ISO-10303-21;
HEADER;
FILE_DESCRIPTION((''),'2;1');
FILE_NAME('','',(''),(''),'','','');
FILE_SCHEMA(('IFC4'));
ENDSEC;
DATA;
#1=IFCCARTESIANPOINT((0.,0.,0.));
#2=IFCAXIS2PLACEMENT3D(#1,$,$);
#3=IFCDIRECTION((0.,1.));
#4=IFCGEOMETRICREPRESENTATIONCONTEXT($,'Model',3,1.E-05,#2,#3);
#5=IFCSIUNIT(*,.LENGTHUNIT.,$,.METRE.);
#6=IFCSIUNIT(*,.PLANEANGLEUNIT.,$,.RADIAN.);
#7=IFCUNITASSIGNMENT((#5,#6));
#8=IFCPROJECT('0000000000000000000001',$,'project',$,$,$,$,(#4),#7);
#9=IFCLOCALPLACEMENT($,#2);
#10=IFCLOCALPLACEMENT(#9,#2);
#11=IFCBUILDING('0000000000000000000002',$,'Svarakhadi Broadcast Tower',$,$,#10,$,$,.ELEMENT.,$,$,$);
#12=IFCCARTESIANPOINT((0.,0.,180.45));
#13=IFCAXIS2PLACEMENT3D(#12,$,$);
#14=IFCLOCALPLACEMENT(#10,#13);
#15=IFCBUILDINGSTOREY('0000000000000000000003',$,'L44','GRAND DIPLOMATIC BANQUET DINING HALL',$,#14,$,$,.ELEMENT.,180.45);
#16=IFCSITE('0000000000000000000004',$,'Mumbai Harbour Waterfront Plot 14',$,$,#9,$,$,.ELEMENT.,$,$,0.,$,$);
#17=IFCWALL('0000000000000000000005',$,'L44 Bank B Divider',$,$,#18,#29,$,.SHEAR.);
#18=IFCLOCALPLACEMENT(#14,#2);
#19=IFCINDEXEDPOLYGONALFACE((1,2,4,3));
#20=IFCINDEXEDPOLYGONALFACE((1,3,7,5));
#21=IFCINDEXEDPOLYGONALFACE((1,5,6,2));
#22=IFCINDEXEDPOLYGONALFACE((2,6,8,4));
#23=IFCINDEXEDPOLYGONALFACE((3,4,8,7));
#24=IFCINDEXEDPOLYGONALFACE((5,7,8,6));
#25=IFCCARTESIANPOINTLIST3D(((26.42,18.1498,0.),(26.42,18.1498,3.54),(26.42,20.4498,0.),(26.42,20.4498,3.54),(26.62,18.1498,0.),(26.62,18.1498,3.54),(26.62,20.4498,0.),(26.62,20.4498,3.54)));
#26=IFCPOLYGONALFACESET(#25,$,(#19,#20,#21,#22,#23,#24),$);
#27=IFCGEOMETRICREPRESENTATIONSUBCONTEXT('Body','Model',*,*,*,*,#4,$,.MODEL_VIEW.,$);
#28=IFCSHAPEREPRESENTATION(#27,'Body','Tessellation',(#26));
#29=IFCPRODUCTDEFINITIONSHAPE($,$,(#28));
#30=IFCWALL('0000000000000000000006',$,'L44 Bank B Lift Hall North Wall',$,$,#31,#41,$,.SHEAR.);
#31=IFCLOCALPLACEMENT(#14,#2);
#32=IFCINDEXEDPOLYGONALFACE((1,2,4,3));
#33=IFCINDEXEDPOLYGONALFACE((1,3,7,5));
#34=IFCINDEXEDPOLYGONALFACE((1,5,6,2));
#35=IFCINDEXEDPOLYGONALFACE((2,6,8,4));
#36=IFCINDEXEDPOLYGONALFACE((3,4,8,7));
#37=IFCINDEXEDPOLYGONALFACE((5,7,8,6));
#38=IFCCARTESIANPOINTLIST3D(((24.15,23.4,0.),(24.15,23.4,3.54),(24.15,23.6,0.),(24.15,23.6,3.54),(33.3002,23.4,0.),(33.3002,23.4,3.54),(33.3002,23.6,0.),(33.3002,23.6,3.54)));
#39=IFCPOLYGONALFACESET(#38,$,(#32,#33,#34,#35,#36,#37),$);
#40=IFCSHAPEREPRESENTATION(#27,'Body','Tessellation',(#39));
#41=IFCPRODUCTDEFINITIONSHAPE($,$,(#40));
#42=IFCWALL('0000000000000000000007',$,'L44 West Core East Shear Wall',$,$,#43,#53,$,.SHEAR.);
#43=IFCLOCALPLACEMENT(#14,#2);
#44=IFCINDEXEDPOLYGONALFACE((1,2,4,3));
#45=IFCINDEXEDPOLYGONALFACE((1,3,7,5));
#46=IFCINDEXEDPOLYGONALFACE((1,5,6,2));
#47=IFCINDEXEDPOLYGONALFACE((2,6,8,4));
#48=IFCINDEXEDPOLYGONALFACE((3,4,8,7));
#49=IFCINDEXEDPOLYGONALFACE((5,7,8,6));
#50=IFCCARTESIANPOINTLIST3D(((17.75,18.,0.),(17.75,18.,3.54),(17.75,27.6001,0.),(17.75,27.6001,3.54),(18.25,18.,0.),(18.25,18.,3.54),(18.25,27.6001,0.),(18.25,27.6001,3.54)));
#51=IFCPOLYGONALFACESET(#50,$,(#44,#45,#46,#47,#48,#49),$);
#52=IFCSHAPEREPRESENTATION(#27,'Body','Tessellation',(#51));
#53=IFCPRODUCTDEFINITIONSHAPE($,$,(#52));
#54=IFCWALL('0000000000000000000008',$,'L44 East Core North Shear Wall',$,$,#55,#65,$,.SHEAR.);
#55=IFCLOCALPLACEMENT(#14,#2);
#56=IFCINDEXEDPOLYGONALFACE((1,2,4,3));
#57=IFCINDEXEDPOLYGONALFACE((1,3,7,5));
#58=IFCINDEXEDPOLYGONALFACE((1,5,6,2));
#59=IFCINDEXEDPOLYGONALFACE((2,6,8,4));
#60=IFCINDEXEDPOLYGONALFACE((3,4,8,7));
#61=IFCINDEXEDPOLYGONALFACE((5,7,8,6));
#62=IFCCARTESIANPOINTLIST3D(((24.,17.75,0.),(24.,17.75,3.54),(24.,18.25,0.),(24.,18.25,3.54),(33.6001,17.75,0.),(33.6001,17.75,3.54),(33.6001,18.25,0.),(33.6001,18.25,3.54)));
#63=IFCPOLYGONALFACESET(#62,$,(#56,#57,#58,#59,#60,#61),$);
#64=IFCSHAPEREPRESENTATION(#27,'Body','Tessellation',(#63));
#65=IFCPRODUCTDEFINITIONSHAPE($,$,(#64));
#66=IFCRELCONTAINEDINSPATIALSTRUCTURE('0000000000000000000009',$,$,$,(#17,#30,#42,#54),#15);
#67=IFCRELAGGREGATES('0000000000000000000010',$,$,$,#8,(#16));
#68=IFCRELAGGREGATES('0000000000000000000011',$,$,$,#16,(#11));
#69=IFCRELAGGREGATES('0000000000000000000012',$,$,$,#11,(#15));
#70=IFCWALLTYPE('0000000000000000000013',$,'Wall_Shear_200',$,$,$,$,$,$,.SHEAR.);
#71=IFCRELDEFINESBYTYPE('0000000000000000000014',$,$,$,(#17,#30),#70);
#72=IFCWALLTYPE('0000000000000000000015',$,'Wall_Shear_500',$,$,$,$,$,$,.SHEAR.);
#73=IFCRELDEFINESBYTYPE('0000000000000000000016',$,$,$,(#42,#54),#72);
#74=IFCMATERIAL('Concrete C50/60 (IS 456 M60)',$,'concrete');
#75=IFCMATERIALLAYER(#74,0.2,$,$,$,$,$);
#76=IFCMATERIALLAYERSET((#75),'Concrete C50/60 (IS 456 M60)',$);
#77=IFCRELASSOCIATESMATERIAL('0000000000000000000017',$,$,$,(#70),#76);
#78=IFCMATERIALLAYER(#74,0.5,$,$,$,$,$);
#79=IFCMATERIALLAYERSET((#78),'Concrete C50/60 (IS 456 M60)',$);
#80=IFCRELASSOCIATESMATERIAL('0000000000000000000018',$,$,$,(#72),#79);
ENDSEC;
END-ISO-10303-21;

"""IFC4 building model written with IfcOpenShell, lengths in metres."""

from ifc_helpers import new_model, si_unit, direction, frame, frame_2d, origin, place, context, subcontext, project, spatial, rectangle, extrude, material, layer, layer_set, type_object, element, save


model = new_model("IFC4")

# Units and contexts
model_context = context("Model", 3, precision=1e-05, world=origin(), true_north=direction((0.0, 1.0)))
body_context = subcontext(model_context, "Body", "Model", "MODEL_VIEW")
ifc_project = project(units=[si_unit("LENGTHUNIT", "METRE"), si_unit("PLANEANGLEUNIT", "RADIAN")], contexts=[model_context])

# Site, building, storey
site_placement = place(None, origin())
site = spatial("IfcSite", under=ifc_project, at=site_placement, Name="Mumbai Harbour Waterfront Plot 14", CompositionType="ELEMENT", RefElevation=0.0)
building_placement = place(site_placement, origin())
building = spatial("IfcBuilding", under=site, at=building_placement, Name="Svarakhadi Broadcast Tower", CompositionType="ELEMENT")
storey_placement = place(building_placement, frame((0.0, 0.0, 180.45)))
storey = spatial("IfcBuildingStorey", under=building, at=storey_placement, Name="L44", Description="GRAND DIPLOMATIC BANQUET DINING HALL", CompositionType="ELEMENT", Elevation=180.45)

# Shared definitions
ifc_material_1 = material(Name="Concrete C50/60 (IS 456 M60)", Category="concrete")

# Shared definitions
ifc_layer_1 = layer(ifc_material_1, 0.2)
ifc_layer_set_1 = layer_set([ifc_layer_1], Name="Concrete C50/60 (IS 456 M60)")
wall_type_1 = type_object("IfcWallType", Name="Wall_Shear_200", PredefinedType="SHEAR", material=ifc_layer_set_1)

# Walls
wall_1_placement = place(storey_placement, frame((26.52, 18.1499, 0.0), z_axis=(0.0, 0.0, 1.0), x_axis=(0.0, 1.0, 0.0)))
element("IfcWall", 1, at=wall_1_placement, inside=storey, type_object=wall_type_1, Name="L44 Bank B Divider", PredefinedType="SHEAR", context=body_context, shape_type="SweptSolid", body=[
    extrude(rectangle(XDim=2.3, YDim=0.2, at=frame_2d((1.1499, 0.0))), origin(), (0.0, 0.0, 1.0), 3.54),
])
wall_2_placement = place(storey_placement, frame((24.1499, 23.5, 0.0), z_axis=(0.0, 0.0, 1.0), x_axis=(1.0, 0.0, 0.0)))
element("IfcWall", 2, at=wall_2_placement, inside=storey, type_object=wall_type_1, Name="L44 Bank B Lift Hall North Wall", PredefinedType="SHEAR", context=body_context, shape_type="SweptSolid", body=[
    extrude(rectangle(XDim=9.1501, YDim=0.2, at=frame_2d((4.5752, 0.0))), origin(), (0.0, 0.0, 1.0), 3.54),
])

# Walls
ifc_layer_2 = layer(ifc_material_1, 0.5)
ifc_layer_set_2 = layer_set([ifc_layer_2], Name="Concrete C50/60 (IS 456 M60)")
wall_type_2 = type_object("IfcWallType", Name="Wall_Shear_500", PredefinedType="SHEAR", material=ifc_layer_set_2)
for number, where, z_axis, x_axis, name in (
    (3, (18.0, 18.0, 0.0), (0.0, 0.0, 1.0), (0.0, 1.0, 0.0), "L44 West Core East Shear Wall"),
    (4, (24.0, 18.0, 0.0), (0.0, 0.0, 1.0), (1.0, 0.0, 0.0), "L44 East Core North Shear Wall"),
):
    element("IfcWall", number, at=place(storey_placement, frame(where, z_axis=z_axis, x_axis=x_axis)), inside=storey, type_object=wall_type_2, Name=name, PredefinedType="SHEAR", context=body_context, shape_type="SweptSolid", body=[
        extrude(rectangle(XDim=9.6001, YDim=0.5, at=frame_2d((4.8, 0.0))), origin(), (0.0, 0.0, 1.0), 3.54),
    ])

save(model, "model.ifc")
